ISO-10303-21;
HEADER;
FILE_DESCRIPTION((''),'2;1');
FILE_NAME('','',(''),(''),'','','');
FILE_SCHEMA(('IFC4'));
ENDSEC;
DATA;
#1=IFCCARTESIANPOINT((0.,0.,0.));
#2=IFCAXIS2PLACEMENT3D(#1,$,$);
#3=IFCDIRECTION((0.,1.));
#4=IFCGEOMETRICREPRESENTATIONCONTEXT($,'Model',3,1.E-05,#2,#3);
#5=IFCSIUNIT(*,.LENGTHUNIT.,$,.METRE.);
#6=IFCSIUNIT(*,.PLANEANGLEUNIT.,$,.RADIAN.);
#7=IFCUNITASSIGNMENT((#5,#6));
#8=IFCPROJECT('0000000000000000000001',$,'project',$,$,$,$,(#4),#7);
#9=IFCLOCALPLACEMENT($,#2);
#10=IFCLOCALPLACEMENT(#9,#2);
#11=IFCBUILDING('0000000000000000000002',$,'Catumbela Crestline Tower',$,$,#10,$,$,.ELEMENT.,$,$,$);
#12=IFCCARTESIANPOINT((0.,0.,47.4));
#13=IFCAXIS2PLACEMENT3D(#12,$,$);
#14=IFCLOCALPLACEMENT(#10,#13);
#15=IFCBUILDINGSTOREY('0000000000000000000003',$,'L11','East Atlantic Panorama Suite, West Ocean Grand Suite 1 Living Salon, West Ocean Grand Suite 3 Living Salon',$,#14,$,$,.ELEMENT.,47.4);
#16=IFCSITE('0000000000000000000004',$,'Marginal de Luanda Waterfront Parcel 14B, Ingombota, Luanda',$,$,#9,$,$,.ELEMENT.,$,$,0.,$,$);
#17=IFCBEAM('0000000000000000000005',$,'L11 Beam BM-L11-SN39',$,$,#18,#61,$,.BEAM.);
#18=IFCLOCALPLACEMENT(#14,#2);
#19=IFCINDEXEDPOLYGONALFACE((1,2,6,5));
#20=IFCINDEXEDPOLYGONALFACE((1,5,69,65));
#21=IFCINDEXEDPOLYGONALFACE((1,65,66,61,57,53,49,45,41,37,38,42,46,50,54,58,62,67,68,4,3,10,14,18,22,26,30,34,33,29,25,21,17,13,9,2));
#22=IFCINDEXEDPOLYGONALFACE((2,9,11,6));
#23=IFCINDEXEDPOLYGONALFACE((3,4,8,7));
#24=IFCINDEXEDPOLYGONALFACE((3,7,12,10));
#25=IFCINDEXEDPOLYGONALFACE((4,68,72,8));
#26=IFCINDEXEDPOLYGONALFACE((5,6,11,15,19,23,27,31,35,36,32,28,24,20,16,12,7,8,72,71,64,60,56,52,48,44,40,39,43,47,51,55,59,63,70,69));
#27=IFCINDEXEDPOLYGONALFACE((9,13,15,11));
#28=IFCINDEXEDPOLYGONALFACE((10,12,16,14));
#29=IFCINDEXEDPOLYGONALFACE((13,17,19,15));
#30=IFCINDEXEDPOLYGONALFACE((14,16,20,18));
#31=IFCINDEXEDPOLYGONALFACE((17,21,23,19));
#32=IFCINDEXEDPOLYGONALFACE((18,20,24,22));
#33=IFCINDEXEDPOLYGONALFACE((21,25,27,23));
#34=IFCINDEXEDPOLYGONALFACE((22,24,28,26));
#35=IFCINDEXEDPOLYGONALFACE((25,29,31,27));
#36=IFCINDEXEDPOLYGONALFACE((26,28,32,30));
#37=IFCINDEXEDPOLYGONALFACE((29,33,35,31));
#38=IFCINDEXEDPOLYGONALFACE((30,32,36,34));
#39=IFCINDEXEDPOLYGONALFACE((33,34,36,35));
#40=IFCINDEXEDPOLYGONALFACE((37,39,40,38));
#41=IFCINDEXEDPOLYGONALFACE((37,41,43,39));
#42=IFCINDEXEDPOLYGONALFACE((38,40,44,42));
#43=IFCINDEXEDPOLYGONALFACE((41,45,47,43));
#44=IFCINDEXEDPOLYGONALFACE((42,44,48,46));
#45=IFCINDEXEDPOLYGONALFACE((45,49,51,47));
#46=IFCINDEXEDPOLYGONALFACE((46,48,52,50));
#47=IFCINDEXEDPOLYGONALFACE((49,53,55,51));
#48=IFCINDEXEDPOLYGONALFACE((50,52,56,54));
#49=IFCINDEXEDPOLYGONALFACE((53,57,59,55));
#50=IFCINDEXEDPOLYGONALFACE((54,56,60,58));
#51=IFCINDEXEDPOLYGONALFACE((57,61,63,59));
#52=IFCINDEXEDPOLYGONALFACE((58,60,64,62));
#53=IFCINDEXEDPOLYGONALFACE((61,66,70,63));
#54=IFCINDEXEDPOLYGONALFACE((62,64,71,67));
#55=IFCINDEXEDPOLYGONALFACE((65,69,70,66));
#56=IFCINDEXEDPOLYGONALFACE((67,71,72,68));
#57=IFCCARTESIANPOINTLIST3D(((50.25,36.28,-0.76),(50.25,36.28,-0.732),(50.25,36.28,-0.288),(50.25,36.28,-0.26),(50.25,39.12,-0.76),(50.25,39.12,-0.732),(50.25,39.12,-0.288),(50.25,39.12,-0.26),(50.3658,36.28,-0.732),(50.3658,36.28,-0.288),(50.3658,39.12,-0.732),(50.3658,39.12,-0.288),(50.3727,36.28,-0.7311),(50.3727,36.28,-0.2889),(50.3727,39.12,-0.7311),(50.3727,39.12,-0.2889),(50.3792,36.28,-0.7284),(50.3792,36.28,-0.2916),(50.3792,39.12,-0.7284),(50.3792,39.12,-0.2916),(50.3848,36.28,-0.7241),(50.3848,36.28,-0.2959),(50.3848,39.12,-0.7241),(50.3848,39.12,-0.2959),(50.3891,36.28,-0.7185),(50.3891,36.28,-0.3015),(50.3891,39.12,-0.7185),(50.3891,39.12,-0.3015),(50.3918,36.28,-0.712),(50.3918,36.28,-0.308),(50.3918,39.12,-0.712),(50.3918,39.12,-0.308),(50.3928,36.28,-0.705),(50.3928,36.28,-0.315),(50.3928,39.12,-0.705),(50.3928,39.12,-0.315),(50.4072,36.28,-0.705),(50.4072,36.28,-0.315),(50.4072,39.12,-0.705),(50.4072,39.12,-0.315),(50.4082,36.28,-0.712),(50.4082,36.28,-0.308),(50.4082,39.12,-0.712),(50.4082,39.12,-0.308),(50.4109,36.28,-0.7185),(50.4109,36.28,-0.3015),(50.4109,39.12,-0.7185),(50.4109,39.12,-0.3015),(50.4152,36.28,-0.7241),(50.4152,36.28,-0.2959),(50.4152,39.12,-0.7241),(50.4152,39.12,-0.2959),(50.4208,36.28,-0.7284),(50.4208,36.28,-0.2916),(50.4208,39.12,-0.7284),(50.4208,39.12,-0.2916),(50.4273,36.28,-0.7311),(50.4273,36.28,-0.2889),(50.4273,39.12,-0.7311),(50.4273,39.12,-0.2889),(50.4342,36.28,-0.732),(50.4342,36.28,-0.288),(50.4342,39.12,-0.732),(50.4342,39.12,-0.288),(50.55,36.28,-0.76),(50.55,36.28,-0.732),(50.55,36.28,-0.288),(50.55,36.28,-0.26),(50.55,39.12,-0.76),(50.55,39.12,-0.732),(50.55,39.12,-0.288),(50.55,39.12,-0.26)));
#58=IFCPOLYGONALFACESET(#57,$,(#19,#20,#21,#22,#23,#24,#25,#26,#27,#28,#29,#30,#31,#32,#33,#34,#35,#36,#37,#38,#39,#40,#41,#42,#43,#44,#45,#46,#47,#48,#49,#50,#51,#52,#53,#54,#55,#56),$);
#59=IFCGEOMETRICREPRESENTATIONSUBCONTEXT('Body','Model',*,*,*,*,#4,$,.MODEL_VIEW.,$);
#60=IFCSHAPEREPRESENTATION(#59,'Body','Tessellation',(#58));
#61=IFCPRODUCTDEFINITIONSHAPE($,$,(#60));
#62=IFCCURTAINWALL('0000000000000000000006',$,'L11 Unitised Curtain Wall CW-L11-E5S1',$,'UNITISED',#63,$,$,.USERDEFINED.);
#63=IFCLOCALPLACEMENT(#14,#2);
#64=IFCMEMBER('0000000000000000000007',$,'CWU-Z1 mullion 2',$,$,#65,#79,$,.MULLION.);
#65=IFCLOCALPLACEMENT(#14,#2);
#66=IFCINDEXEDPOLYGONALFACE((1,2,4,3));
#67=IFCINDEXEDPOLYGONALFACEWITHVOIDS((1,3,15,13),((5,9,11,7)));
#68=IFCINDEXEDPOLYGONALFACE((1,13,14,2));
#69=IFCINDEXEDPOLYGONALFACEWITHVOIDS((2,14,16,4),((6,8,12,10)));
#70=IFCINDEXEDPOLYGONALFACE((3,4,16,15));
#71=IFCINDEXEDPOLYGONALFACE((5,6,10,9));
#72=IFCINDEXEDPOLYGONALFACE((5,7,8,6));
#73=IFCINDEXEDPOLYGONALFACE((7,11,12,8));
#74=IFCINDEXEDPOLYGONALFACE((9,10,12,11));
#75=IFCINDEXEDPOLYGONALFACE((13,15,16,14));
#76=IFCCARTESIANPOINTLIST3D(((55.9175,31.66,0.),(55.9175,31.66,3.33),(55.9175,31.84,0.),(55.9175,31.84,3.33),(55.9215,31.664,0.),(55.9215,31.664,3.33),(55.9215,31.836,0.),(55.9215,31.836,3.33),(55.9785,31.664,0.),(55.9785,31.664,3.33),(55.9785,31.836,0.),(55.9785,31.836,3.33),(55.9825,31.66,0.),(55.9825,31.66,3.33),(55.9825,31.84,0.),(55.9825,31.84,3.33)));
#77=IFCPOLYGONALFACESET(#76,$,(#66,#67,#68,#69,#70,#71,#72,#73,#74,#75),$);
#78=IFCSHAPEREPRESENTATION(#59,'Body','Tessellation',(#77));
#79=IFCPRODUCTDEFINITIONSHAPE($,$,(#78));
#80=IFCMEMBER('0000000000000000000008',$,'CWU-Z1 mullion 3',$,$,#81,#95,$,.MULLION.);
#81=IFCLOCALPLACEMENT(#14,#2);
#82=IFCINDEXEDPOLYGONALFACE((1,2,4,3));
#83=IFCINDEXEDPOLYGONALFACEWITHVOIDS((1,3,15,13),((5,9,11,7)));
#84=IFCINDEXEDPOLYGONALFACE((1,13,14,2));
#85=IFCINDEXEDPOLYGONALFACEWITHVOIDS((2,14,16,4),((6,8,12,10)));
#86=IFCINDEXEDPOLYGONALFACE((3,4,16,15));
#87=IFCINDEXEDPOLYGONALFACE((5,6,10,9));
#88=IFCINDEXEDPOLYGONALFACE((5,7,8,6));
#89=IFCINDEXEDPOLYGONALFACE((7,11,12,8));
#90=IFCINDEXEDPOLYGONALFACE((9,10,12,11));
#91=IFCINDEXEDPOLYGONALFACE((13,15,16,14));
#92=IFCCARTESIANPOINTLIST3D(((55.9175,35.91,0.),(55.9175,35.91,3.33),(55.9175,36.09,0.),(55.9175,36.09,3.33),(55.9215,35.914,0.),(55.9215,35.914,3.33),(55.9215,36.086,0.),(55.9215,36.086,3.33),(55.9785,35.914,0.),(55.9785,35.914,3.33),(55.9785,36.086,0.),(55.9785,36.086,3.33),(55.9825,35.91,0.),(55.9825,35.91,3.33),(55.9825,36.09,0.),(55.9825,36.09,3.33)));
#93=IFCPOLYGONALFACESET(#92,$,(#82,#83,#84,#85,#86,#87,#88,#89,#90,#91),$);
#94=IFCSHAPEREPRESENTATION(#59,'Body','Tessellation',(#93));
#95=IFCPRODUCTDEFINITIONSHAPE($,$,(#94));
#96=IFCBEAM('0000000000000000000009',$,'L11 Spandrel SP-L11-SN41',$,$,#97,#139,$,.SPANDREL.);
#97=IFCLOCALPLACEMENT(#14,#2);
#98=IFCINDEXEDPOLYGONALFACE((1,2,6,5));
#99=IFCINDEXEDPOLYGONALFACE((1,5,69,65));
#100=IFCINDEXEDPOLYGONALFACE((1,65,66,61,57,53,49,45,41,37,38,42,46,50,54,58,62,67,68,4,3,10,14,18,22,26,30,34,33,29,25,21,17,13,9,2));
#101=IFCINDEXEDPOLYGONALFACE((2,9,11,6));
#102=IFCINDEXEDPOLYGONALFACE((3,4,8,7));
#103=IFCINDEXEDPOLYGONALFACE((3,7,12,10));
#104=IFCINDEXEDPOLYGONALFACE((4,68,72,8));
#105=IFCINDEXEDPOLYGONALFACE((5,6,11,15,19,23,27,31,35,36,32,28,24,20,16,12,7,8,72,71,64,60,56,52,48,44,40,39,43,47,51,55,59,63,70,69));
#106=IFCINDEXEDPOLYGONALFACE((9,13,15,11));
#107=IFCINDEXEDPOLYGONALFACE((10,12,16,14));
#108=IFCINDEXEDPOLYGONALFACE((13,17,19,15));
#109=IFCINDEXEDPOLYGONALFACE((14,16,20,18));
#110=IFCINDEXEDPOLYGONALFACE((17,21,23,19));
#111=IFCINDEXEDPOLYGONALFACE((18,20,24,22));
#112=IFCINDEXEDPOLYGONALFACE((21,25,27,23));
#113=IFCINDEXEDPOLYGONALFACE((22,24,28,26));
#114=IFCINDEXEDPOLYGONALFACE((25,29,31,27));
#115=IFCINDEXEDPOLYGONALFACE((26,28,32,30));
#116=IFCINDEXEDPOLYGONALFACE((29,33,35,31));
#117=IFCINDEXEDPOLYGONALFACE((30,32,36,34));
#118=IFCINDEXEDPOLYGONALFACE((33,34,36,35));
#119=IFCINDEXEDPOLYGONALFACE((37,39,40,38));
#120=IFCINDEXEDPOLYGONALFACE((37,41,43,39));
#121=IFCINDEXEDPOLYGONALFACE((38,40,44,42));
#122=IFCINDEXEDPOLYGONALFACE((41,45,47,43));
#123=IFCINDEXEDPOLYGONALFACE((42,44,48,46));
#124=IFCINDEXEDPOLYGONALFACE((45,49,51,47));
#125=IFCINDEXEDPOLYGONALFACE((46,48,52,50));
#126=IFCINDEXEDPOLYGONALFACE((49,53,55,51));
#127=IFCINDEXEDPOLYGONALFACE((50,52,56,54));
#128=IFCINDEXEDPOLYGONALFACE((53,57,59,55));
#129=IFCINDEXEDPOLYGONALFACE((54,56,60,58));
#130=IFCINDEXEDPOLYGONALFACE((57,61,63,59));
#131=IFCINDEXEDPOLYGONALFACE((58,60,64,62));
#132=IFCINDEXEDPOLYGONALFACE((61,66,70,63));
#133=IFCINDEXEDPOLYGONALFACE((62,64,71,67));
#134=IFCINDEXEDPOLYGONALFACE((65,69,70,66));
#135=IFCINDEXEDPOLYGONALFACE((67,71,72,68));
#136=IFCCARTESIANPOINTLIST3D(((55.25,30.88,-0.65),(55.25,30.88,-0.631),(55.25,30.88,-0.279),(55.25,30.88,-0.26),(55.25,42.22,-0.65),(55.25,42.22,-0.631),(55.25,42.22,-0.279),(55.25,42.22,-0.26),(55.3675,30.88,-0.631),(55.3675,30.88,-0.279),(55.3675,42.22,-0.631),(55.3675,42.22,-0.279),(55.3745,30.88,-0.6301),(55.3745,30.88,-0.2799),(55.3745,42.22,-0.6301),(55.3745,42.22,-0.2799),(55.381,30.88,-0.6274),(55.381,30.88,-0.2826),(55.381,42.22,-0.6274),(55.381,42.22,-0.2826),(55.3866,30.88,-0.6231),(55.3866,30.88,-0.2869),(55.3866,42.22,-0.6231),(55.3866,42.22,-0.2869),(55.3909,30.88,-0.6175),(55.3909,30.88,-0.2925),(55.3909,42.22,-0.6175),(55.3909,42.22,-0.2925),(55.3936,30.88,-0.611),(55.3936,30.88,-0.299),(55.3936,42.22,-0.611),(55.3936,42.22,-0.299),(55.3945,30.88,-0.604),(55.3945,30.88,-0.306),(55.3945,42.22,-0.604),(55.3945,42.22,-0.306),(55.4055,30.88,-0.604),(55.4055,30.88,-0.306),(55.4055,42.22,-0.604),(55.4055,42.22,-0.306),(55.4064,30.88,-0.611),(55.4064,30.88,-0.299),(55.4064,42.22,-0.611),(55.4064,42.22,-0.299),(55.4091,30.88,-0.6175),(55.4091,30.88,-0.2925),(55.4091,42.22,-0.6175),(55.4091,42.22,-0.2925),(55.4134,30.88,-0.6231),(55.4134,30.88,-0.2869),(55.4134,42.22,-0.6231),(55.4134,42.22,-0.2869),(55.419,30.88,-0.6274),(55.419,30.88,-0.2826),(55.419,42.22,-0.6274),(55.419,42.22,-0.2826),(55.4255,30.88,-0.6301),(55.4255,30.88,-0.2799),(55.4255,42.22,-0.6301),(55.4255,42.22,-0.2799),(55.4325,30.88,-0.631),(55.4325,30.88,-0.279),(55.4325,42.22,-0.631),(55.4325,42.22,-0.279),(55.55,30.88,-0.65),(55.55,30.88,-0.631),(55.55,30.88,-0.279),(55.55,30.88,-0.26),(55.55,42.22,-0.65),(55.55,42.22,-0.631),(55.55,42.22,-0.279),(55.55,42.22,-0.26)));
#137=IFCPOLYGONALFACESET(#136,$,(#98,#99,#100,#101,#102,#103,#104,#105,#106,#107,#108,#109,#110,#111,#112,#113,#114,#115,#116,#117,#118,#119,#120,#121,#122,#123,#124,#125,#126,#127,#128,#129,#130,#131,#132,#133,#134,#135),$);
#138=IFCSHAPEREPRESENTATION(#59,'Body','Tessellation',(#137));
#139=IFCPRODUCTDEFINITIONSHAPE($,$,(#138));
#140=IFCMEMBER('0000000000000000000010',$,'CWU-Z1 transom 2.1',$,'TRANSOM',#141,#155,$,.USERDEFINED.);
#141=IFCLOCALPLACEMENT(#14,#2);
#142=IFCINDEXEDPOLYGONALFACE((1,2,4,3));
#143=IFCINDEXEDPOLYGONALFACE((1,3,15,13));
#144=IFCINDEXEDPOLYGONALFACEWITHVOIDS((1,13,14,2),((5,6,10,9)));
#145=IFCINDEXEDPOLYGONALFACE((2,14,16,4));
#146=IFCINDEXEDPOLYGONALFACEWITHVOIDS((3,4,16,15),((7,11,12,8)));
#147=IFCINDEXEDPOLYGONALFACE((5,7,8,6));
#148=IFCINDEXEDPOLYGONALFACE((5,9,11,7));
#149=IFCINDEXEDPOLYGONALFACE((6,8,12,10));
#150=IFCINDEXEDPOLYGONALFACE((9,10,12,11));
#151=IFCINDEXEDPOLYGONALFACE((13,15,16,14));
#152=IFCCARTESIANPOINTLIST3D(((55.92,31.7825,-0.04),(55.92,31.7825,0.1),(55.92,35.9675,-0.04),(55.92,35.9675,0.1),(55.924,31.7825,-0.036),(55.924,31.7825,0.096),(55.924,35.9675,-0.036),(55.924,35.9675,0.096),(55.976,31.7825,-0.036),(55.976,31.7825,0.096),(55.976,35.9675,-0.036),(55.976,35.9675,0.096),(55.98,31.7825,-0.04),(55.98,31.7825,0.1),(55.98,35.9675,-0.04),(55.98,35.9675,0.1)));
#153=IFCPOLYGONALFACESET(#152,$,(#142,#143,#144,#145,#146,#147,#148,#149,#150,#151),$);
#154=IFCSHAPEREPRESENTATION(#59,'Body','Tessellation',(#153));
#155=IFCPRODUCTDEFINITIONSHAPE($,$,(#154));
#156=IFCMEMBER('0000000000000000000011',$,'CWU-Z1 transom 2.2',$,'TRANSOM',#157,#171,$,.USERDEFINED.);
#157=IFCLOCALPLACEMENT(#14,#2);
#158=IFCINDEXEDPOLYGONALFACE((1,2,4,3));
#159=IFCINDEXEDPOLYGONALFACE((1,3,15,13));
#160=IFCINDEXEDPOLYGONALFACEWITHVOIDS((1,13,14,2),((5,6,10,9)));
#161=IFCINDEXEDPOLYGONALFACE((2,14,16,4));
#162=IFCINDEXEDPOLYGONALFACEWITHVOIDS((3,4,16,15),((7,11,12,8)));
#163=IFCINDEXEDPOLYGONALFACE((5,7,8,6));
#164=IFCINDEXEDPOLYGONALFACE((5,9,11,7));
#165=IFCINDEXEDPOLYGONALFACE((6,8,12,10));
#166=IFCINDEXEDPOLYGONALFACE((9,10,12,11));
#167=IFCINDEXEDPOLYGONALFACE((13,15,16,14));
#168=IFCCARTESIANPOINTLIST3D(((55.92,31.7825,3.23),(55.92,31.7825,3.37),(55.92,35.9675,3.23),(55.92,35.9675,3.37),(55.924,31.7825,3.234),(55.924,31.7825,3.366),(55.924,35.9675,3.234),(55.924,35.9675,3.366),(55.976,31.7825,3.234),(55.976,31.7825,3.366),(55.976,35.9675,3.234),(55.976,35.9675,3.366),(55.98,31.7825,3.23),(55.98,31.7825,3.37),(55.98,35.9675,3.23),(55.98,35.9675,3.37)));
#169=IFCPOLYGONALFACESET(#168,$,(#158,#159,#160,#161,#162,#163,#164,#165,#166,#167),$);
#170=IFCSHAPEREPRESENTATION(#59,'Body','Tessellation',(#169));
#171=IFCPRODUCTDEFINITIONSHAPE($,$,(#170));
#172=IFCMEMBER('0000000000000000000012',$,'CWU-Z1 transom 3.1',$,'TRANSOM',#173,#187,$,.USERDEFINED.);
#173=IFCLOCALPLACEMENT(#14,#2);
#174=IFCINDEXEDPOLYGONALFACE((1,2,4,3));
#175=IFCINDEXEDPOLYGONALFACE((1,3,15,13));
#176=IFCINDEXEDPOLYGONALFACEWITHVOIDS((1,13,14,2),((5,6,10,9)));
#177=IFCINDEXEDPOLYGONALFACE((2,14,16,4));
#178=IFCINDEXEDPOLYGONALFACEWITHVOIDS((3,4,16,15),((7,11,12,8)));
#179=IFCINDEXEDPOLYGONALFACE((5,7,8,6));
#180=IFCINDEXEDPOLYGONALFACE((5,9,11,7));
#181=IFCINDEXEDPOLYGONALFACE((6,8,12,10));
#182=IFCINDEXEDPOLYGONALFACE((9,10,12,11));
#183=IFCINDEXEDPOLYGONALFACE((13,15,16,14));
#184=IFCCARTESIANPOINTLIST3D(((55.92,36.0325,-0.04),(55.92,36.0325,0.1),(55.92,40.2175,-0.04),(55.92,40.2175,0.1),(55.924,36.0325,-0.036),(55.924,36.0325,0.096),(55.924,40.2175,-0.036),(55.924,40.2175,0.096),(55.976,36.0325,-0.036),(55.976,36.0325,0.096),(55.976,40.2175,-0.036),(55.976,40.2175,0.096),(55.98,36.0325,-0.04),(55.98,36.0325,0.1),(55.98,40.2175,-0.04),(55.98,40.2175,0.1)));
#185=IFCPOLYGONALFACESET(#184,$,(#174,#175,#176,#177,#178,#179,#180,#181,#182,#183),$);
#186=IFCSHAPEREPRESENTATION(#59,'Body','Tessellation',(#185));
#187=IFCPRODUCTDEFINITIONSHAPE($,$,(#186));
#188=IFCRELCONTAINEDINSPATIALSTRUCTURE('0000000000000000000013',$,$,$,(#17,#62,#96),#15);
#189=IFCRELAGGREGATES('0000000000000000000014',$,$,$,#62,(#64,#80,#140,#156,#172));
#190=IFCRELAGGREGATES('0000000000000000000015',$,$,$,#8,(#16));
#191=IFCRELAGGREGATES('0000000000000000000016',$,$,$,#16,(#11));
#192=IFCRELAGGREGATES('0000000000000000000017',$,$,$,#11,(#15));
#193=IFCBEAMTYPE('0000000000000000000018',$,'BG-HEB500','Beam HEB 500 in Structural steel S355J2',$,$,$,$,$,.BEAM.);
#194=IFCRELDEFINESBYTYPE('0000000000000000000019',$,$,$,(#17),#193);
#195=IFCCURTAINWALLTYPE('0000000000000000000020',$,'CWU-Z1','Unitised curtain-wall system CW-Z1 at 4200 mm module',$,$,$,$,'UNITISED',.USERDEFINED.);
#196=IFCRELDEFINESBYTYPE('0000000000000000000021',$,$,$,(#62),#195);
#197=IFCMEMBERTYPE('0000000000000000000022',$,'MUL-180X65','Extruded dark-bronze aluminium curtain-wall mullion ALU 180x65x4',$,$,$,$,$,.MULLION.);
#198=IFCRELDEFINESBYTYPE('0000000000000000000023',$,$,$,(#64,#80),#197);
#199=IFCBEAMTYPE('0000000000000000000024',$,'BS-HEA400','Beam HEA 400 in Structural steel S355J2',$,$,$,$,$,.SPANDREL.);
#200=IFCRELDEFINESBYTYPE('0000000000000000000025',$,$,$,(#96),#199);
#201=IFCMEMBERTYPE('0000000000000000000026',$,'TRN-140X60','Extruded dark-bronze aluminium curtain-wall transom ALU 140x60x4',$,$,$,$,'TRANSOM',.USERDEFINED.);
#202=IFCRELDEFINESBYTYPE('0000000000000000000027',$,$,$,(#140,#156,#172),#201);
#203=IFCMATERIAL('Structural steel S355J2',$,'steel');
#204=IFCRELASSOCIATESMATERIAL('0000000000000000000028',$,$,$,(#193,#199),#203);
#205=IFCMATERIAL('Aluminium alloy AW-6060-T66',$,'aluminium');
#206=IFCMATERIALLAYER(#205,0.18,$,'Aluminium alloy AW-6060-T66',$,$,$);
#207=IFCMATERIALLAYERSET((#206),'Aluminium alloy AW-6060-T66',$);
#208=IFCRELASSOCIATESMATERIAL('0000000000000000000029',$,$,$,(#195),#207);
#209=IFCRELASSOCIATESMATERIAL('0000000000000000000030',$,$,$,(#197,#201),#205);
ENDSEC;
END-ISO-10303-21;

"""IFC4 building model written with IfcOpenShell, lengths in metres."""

from ifc_helpers import new_model, si_unit, direction, frame, origin, origin_2d, place, context, subcontext, project, spatial, hollow_rectangle, i_section, extrude, material, layer, layer_set, material_profile, profile_set, type_object, element, aggregate, save


model = new_model("IFC4")

# Units and contexts
model_context = context("Model", 3, precision=1e-05, world=origin(), true_north=direction((0.0, 1.0)))
body_context = subcontext(model_context, "Body", "Model", "MODEL_VIEW")
ifc_project = project(units=[si_unit("LENGTHUNIT", "METRE"), si_unit("PLANEANGLEUNIT", "RADIAN")], contexts=[model_context])

# Site, building, storey
site_placement = place(None, origin())
site = spatial("IfcSite", under=ifc_project, at=site_placement, Name="Marginal de Luanda Waterfront Parcel 14B, Ingombota, Luanda", CompositionType="ELEMENT", RefElevation=0.0)
building_placement = place(site_placement, origin())
building = spatial("IfcBuilding", under=site, at=building_placement, Name="Catumbela Crestline Tower", CompositionType="ELEMENT")
storey_placement = place(building_placement, frame((0.0, 0.0, 47.4)))
storey = spatial("IfcBuildingStorey", under=building, at=storey_placement, Name="L11", Description="East Atlantic Panorama Suite, West Ocean Grand Suite 1 Living Salon, West Ocean Grand Suite 3 Living Salon", CompositionType="ELEMENT", Elevation=47.4)

# Beam
ifc_material_1 = material(Name="Structural steel S355J2", Category="steel")
ifc_material_profile_1 = material_profile(ifc_material_1, i_section(OverallWidth=0.3, OverallDepth=0.5, WebThickness=0.0145, FlangeThickness=0.028, FilletRadius=0.027, at=origin_2d()), Name="HEB 500")
ifc_profile_set_1 = profile_set([ifc_material_profile_1], Name="Structural steel S355J2")
beam_type_1 = type_object("IfcBeamType", Name="BG-HEB500", Description="Beam HEB 500 in Structural steel S355J2", PredefinedType="BEAM", material=ifc_profile_set_1)
beam_1_placement = place(storey_placement, frame((50.4, 36.28, -0.51), z_axis=(0.0, 1.0, 0.0), x_axis=(-1.0, 0.0, 0.0)))
element("IfcBeam", 1, at=beam_1_placement, inside=storey, type_object=beam_type_1, Name="L11 Beam BM-L11-SN39", PredefinedType="BEAM", context=body_context, shape_type="SweptSolid", body=[
    extrude(i_section(OverallWidth=0.3, OverallDepth=0.5, WebThickness=0.0145, FlangeThickness=0.028, FilletRadius=0.027, at=origin_2d()), origin(), (0.0, 0.0, 1.0), 2.84),
])

# Curtain wall, members
ifc_material_2 = material(Name="Aluminium alloy AW-6060-T66", Category="aluminium")
ifc_layer_1 = layer(ifc_material_2, 0.18, Name="Aluminium alloy AW-6060-T66")
ifc_layer_set_1 = layer_set([ifc_layer_1], Name="Aluminium alloy AW-6060-T66")
curtain_wall_type = type_object("IfcCurtainWallType", Name="CWU-Z1", Description="Unitised curtain-wall system CW-Z1 at 4200 mm module", ElementType="UNITISED", PredefinedType="USERDEFINED", material=ifc_layer_set_1)
curtain_wall_placement = place(storey_placement, origin())
curtain_wall = element("IfcCurtainWall", 2, at=curtain_wall_placement, inside=storey, type_object=curtain_wall_type, Name="L11 Unitised Curtain Wall CW-L11-E5S1", ObjectType="UNITISED", PredefinedType="USERDEFINED")
ifc_material_profile_2 = material_profile(ifc_material_2, hollow_rectangle(XDim=0.065, YDim=0.18, WallThickness=0.004, at=origin_2d()), Name="ALU 180x65x4")
ifc_profile_set_2 = profile_set([ifc_material_profile_2], Name="Aluminium alloy AW-6060-T66")
member_type_1 = type_object("IfcMemberType", Name="MUL-180X65", Description="Extruded dark-bronze aluminium curtain-wall mullion ALU 180x65x4", PredefinedType="MULLION", material=ifc_profile_set_2)
member_1_placement = place(storey_placement, frame((55.95, 31.75, 0.0), z_axis=(0.0, 0.0, 1.0), x_axis=(-1.0, 0.0, 0.0)))
member_1 = element("IfcMember", 3, at=member_1_placement, type_object=member_type_1, Name="CWU-Z1 mullion 2", PredefinedType="MULLION", context=body_context, shape_type="SweptSolid", body=[
    extrude(hollow_rectangle(XDim=0.065, YDim=0.18, WallThickness=0.004, at=origin_2d()), origin(), (0.0, 0.0, 1.0), 3.33),
])
member_2_placement = place(storey_placement, frame((55.95, 36.0, 0.0), z_axis=(0.0, 0.0, 1.0), x_axis=(-1.0, 0.0, 0.0)))
member_2 = element("IfcMember", 4, at=member_2_placement, type_object=member_type_1, Name="CWU-Z1 mullion 3", PredefinedType="MULLION", context=body_context, shape_type="SweptSolid", body=[
    extrude(hollow_rectangle(XDim=0.065, YDim=0.18, WallThickness=0.004, at=origin_2d()), origin(), (0.0, 0.0, 1.0), 3.33),
])

# Beam
ifc_material_profile_3 = material_profile(ifc_material_1, i_section(OverallWidth=0.3, OverallDepth=0.39, WebThickness=0.011, FlangeThickness=0.019, FilletRadius=0.027, at=origin_2d()), Name="HEA 400")
ifc_profile_set_3 = profile_set([ifc_material_profile_3], Name="Structural steel S355J2")
beam_type_2 = type_object("IfcBeamType", Name="BS-HEA400", Description="Beam HEA 400 in Structural steel S355J2", PredefinedType="SPANDREL", material=ifc_profile_set_3)
beam_2_placement = place(storey_placement, frame((55.4, 30.88, -0.455), z_axis=(0.0, 1.0, 0.0), x_axis=(-1.0, 0.0, 0.0)))
element("IfcBeam", 5, at=beam_2_placement, inside=storey, type_object=beam_type_2, Name="L11 Spandrel SP-L11-SN41", PredefinedType="SPANDREL", context=body_context, shape_type="SweptSolid", body=[
    extrude(i_section(OverallWidth=0.3, OverallDepth=0.39, WebThickness=0.011, FlangeThickness=0.019, FilletRadius=0.027, at=origin_2d()), origin(), (0.0, 0.0, 1.0), 11.34),
])

# Members
ifc_material_profile_4 = material_profile(ifc_material_2, hollow_rectangle(XDim=0.06, YDim=0.14, WallThickness=0.004, at=origin_2d()), Name="ALU 140x60x4")
ifc_profile_set_4 = profile_set([ifc_material_profile_4], Name="Aluminium alloy AW-6060-T66")
member_type_2 = type_object("IfcMemberType", Name="TRN-140X60", Description="Extruded dark-bronze aluminium curtain-wall transom ALU 140x60x4", ElementType="TRANSOM", PredefinedType="USERDEFINED", material=ifc_profile_set_4)
member_3_placement = place(storey_placement, frame((55.95, 31.7825, 0.03), z_axis=(0.0, 1.0, 0.0), x_axis=(-1.0, 0.0, 0.0)))
member_3 = element("IfcMember", 6, at=member_3_placement, type_object=member_type_2, Name="CWU-Z1 transom 2.1", ObjectType="TRANSOM", PredefinedType="USERDEFINED", context=body_context, shape_type="SweptSolid", body=[
    extrude(hollow_rectangle(XDim=0.06, YDim=0.14, WallThickness=0.004, at=origin_2d()), origin(), (0.0, 0.0, 1.0), 4.185),
])
member_4_placement = place(storey_placement, frame((55.95, 31.7825, 3.3), z_axis=(0.0, 1.0, 0.0), x_axis=(-1.0, 0.0, 0.0)))
member_4 = element("IfcMember", 7, at=member_4_placement, type_object=member_type_2, Name="CWU-Z1 transom 2.2", ObjectType="TRANSOM", PredefinedType="USERDEFINED", context=body_context, shape_type="SweptSolid", body=[
    extrude(hollow_rectangle(XDim=0.06, YDim=0.14, WallThickness=0.004, at=origin_2d()), origin(), (0.0, 0.0, 1.0), 4.185),
])
member_5_placement = place(storey_placement, frame((55.95, 36.0325, 0.03), z_axis=(0.0, 1.0, 0.0), x_axis=(-1.0, 0.0, 0.0)))
member_5 = element("IfcMember", 8, at=member_5_placement, type_object=member_type_2, Name="CWU-Z1 transom 3.1", ObjectType="TRANSOM", PredefinedType="USERDEFINED", context=body_context, shape_type="SweptSolid", body=[
    extrude(hollow_rectangle(XDim=0.06, YDim=0.14, WallThickness=0.004, at=origin_2d()), origin(), (0.0, 0.0, 1.0), 4.185),
])

aggregate(curtain_wall, [member_1, member_2, member_3, member_4, member_5])

save(model, "model.ifc")
